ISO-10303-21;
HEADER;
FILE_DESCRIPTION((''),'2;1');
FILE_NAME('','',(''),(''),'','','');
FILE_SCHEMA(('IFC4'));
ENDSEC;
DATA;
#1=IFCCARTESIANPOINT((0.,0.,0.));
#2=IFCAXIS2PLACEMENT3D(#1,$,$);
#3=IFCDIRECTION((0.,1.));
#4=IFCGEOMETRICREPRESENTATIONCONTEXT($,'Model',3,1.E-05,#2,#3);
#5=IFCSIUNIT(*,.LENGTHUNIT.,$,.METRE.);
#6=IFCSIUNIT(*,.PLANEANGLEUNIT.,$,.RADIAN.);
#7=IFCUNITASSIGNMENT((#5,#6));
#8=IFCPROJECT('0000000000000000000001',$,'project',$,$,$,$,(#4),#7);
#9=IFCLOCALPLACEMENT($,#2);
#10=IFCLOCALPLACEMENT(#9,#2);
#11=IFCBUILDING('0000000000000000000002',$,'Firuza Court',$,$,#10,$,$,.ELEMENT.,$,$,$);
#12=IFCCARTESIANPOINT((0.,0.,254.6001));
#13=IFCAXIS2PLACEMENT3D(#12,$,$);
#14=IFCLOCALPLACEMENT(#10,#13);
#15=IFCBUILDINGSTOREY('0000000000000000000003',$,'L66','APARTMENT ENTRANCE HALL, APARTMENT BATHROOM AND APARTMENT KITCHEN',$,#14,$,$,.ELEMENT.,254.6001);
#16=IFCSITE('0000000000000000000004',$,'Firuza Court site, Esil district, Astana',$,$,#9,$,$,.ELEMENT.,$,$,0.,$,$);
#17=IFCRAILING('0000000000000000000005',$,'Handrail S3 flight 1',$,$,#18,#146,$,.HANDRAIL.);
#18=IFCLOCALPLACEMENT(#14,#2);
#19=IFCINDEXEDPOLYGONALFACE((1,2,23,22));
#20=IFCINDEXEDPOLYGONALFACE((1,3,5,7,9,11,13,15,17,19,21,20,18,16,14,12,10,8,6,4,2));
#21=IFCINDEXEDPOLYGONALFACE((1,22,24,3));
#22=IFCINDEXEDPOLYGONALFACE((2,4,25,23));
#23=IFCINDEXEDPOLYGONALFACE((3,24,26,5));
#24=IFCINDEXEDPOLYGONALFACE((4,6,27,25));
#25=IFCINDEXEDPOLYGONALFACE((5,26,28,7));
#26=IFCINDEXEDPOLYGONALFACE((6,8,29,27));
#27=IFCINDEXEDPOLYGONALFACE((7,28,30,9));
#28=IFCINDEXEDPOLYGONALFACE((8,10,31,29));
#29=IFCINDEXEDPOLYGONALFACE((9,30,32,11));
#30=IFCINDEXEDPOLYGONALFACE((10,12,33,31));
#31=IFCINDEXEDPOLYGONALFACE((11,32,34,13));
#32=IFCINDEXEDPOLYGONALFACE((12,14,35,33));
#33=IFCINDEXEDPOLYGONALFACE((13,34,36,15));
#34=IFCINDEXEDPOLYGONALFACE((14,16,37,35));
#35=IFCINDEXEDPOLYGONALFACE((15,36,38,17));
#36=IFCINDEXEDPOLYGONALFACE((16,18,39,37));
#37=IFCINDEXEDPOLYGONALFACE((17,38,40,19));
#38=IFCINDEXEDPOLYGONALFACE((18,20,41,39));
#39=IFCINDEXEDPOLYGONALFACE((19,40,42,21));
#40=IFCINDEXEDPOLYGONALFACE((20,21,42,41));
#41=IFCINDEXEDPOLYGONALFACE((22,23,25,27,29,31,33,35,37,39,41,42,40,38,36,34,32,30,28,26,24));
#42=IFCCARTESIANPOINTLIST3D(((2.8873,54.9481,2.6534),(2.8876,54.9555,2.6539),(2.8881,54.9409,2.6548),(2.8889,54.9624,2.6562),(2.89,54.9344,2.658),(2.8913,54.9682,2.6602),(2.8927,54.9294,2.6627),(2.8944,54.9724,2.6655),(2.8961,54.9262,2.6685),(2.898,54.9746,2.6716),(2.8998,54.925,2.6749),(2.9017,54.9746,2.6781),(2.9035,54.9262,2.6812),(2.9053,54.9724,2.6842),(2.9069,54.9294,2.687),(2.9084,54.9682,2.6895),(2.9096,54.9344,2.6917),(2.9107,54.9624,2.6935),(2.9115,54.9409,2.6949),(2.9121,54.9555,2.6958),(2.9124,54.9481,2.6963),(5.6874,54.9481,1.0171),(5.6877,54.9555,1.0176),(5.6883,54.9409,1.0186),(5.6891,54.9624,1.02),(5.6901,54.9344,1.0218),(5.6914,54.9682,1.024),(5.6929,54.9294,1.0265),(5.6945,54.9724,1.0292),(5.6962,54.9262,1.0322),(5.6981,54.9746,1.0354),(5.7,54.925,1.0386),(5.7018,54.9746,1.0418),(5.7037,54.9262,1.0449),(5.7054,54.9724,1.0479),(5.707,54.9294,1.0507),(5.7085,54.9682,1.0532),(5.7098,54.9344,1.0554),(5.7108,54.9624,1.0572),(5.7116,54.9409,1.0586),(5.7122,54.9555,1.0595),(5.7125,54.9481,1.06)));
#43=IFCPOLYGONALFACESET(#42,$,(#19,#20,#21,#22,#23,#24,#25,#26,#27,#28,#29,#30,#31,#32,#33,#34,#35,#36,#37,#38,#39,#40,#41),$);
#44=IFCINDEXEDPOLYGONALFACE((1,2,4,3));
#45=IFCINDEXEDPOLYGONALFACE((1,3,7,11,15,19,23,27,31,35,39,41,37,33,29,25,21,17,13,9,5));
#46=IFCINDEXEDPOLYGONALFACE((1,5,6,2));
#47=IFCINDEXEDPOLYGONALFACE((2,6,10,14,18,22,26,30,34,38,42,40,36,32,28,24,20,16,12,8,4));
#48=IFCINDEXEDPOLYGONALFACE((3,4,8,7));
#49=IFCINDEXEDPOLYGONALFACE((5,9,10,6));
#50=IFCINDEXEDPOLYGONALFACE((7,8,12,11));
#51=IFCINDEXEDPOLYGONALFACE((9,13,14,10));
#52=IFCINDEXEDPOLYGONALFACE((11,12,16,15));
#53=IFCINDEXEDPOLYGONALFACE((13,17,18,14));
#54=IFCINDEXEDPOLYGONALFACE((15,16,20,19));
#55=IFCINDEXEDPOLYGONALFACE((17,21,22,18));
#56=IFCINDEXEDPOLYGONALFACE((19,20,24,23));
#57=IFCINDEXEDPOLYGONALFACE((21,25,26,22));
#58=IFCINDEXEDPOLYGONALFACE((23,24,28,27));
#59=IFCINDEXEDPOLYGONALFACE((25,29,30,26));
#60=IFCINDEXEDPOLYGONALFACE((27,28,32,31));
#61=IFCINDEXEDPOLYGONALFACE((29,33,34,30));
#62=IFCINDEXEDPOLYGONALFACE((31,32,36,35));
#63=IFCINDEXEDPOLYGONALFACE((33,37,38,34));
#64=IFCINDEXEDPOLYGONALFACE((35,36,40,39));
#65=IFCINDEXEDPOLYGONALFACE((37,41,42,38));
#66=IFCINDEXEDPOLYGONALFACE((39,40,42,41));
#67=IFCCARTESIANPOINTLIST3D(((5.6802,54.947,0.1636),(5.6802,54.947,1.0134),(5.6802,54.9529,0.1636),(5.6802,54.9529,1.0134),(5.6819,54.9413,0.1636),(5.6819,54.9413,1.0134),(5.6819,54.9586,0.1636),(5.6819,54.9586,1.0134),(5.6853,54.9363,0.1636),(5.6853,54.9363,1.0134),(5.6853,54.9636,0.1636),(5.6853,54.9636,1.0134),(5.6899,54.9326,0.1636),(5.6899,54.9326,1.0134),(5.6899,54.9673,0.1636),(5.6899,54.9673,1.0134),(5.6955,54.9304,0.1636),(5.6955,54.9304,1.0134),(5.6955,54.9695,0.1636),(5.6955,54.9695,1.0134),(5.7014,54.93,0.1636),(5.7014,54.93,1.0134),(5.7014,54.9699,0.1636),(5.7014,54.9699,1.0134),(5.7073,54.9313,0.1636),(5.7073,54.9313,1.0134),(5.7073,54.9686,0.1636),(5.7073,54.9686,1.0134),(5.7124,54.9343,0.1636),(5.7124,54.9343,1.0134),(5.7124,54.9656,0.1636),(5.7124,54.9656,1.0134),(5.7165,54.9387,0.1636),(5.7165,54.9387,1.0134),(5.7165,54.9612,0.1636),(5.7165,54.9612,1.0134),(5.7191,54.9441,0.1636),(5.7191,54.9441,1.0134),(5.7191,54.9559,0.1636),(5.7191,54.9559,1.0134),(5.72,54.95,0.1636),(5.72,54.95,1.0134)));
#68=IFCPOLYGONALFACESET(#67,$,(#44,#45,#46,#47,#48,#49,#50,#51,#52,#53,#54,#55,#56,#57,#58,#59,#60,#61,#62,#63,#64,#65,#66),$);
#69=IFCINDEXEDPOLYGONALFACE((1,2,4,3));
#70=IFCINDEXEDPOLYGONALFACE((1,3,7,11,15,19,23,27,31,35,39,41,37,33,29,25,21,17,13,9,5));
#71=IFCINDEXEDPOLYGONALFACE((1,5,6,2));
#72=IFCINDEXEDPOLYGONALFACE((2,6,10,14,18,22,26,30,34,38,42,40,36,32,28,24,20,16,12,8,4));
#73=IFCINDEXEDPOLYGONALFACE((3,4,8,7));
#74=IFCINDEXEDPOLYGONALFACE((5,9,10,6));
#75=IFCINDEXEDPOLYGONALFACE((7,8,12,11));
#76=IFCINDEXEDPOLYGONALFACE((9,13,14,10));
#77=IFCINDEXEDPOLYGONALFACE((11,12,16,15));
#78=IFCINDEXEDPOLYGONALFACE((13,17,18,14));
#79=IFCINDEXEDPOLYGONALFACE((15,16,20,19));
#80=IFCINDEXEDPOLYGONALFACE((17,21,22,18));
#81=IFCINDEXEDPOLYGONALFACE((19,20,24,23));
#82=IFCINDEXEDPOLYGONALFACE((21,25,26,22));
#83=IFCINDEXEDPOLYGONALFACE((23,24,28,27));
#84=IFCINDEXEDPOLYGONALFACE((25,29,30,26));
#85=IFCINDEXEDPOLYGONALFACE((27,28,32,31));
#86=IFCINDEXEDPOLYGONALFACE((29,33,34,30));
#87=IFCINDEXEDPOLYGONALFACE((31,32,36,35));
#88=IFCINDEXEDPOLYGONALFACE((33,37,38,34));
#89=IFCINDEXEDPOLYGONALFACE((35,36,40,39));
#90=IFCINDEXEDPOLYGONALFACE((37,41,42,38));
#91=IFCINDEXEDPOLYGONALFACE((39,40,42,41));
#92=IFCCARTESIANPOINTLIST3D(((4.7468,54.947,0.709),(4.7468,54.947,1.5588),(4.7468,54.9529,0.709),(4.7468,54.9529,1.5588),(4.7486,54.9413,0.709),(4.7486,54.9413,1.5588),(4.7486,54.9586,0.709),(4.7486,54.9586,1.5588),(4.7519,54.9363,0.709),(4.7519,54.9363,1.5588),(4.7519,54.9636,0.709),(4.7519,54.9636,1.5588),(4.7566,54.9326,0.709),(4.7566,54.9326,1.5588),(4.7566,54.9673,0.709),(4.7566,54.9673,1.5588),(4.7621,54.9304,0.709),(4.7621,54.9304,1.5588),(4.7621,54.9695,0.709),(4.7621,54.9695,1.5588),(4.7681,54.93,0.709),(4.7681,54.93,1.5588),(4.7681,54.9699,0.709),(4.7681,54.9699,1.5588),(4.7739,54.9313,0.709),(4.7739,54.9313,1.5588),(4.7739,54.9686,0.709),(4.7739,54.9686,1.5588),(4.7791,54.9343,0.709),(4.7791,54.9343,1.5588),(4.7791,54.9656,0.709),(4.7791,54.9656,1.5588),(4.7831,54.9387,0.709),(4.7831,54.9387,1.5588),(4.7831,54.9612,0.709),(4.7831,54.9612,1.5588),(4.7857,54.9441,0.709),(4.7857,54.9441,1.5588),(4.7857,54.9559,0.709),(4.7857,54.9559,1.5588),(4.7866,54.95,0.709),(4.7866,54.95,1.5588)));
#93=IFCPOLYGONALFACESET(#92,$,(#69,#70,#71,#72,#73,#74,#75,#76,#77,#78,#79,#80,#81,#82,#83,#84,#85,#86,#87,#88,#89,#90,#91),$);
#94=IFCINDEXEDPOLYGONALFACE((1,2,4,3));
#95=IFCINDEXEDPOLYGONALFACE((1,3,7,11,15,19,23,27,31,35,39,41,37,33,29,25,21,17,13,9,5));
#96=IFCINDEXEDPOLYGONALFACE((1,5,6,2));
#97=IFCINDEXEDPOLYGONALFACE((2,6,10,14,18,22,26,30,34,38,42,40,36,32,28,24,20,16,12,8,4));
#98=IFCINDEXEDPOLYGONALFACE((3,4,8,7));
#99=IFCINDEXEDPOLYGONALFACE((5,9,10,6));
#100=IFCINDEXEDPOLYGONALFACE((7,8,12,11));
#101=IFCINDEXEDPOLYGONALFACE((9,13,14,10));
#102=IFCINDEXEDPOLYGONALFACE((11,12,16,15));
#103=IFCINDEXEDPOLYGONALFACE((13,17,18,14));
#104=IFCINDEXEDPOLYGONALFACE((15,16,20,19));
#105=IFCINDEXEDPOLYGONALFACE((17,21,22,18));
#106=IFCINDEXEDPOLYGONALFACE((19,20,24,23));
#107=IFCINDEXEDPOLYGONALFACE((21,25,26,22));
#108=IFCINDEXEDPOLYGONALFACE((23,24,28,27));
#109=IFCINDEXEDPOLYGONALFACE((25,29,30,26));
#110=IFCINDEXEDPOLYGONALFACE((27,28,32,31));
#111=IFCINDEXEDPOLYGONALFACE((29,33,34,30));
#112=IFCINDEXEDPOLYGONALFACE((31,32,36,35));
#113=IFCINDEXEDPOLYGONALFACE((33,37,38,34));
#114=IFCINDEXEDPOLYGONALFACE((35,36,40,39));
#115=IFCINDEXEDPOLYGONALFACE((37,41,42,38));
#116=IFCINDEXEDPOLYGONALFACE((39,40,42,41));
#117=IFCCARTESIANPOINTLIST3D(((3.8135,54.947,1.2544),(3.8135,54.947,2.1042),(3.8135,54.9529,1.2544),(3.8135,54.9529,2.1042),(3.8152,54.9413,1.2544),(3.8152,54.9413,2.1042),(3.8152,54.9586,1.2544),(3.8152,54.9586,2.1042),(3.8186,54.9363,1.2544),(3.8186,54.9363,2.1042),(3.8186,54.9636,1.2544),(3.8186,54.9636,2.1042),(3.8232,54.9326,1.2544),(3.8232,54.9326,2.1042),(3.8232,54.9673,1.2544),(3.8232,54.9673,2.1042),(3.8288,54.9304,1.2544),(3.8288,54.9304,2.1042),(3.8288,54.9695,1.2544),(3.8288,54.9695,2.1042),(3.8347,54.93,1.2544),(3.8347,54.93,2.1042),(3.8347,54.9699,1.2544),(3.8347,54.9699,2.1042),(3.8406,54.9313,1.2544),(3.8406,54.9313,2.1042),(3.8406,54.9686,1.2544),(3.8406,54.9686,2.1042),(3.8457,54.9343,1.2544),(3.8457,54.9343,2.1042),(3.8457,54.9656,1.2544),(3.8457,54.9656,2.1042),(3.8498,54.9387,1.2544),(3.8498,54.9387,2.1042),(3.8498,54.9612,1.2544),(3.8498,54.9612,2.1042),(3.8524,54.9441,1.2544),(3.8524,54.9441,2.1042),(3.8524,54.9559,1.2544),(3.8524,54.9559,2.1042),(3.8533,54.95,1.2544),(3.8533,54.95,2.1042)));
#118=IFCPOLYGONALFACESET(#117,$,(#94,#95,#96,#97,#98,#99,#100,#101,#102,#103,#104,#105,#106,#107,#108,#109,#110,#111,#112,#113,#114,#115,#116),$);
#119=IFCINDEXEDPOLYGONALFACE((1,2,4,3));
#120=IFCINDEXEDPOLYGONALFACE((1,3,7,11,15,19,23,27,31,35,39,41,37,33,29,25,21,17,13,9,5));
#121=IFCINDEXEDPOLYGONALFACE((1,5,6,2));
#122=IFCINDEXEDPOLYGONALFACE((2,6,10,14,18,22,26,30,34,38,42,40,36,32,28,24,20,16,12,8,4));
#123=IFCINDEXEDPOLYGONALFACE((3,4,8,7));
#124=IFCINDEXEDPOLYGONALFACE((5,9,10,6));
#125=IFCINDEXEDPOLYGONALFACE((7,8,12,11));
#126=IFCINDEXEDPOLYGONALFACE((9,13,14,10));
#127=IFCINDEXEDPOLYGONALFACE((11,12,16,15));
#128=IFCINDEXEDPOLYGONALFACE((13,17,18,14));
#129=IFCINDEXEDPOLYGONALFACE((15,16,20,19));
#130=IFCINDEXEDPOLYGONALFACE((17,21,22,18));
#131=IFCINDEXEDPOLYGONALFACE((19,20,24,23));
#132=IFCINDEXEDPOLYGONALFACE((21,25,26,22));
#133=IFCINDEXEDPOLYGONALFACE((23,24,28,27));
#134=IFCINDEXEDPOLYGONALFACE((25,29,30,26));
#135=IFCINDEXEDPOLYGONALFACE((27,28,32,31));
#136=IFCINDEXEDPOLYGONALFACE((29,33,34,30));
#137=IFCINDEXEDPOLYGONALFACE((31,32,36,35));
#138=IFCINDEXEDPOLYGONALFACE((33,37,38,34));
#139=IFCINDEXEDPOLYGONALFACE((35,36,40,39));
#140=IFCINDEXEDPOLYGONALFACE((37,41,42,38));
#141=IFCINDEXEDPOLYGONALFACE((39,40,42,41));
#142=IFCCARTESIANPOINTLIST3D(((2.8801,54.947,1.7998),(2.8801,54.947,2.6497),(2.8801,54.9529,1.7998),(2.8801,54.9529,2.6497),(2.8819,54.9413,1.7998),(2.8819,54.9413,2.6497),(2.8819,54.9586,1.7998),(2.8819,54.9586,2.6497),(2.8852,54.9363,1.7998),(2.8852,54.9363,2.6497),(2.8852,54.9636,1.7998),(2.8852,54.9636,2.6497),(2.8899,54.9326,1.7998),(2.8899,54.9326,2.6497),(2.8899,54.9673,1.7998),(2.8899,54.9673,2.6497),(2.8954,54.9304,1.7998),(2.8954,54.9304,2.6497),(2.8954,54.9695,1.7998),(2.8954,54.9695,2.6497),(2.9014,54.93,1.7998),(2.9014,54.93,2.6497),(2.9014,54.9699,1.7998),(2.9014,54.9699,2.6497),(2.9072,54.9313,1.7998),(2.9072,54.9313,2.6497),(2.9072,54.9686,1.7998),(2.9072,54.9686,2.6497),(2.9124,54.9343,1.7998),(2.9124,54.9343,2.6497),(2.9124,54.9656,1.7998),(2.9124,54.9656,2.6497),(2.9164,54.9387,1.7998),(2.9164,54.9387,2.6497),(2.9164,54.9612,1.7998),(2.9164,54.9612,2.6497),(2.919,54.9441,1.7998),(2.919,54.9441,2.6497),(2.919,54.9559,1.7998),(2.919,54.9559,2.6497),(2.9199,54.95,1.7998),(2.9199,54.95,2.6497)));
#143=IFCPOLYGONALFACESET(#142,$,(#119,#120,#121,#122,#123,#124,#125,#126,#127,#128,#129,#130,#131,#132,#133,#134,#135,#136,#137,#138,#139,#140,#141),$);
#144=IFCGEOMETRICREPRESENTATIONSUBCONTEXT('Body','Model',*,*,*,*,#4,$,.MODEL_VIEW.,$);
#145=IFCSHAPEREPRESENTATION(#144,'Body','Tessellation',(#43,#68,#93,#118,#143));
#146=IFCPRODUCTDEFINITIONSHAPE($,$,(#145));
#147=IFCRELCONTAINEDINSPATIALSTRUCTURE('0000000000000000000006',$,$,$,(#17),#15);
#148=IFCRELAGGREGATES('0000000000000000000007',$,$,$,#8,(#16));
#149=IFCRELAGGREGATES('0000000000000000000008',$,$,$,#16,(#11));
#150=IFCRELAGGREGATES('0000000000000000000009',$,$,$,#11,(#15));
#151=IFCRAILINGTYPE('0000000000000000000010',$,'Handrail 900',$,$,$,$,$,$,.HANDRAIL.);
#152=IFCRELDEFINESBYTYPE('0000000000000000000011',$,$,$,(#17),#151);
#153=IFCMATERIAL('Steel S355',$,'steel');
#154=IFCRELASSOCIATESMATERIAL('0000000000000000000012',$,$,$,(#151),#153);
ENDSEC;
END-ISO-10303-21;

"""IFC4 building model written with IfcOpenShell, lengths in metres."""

from ifc_helpers import new_model, si_unit, direction, frame, origin, origin_2d, place, context, subcontext, project, spatial, circle, extrude, material, type_object, element, save


model = new_model("IFC4")

# Units and contexts
model_context = context("Model", 3, precision=1e-05, world=origin(), true_north=direction((0.0, 1.0)))
body_context = subcontext(model_context, "Body", "Model", "MODEL_VIEW")
ifc_project = project(units=[si_unit("LENGTHUNIT", "METRE"), si_unit("PLANEANGLEUNIT", "RADIAN")], contexts=[model_context])

# Site, building, storey
site_placement = place(None, origin())
site = spatial("IfcSite", under=ifc_project, at=site_placement, Name="Firuza Court site, Esil district, Astana", CompositionType="ELEMENT", RefElevation=0.0)
building_placement = place(site_placement, origin())
building = spatial("IfcBuilding", under=site, at=building_placement, Name="Firuza Court", CompositionType="ELEMENT")
storey_placement = place(building_placement, frame((0.0, 0.0, 254.6001)))
storey = spatial("IfcBuildingStorey", under=building, at=storey_placement, Name="L66", Description="APARTMENT ENTRANCE HALL, APARTMENT BATHROOM AND APARTMENT KITCHEN", CompositionType="ELEMENT", Elevation=254.6001)

# Railing
ifc_material_1 = material(Name="Steel S355", Category="steel")
railing_type_1 = type_object("IfcRailingType", Name="Handrail 900", PredefinedType="HANDRAIL", material=ifc_material_1)
railing_1_placement = place(storey_placement, frame((5.7, 54.95, 0.1636)))
element("IfcRailing", 1, at=railing_1_placement, inside=storey, type_object=railing_type_1, Name="Handrail S3 flight 1", PredefinedType="HANDRAIL", context=body_context, shape_type="SweptSolid", body=[
    extrude(circle(Radius=0.0249, at=origin_2d()), frame((0.0, 0.0, 0.875), z_axis=(-0.863394, 0.0, 0.504531), x_axis=(0.0, -1.0, 0.0)), (0.0, 0.0, 1.0), 3.2432),
    extrude(circle(Radius=0.02, at=origin_2d()), origin(), (0.0, 0.0, 1.0), 0.8499),
    extrude(circle(Radius=0.02, at=origin_2d()), frame((-0.9333, 0.0, 0.5454)), (0.0, 0.0, 1.0), 0.8499),
    extrude(circle(Radius=0.02, at=origin_2d()), frame((-1.8667, 0.0, 1.0908)), (0.0, 0.0, 1.0), 0.8499),
    extrude(circle(Radius=0.02, at=origin_2d()), frame((-2.8, 0.0, 1.6362)), (0.0, 0.0, 1.0), 0.8499),
])

save(model, "model.ifc")
